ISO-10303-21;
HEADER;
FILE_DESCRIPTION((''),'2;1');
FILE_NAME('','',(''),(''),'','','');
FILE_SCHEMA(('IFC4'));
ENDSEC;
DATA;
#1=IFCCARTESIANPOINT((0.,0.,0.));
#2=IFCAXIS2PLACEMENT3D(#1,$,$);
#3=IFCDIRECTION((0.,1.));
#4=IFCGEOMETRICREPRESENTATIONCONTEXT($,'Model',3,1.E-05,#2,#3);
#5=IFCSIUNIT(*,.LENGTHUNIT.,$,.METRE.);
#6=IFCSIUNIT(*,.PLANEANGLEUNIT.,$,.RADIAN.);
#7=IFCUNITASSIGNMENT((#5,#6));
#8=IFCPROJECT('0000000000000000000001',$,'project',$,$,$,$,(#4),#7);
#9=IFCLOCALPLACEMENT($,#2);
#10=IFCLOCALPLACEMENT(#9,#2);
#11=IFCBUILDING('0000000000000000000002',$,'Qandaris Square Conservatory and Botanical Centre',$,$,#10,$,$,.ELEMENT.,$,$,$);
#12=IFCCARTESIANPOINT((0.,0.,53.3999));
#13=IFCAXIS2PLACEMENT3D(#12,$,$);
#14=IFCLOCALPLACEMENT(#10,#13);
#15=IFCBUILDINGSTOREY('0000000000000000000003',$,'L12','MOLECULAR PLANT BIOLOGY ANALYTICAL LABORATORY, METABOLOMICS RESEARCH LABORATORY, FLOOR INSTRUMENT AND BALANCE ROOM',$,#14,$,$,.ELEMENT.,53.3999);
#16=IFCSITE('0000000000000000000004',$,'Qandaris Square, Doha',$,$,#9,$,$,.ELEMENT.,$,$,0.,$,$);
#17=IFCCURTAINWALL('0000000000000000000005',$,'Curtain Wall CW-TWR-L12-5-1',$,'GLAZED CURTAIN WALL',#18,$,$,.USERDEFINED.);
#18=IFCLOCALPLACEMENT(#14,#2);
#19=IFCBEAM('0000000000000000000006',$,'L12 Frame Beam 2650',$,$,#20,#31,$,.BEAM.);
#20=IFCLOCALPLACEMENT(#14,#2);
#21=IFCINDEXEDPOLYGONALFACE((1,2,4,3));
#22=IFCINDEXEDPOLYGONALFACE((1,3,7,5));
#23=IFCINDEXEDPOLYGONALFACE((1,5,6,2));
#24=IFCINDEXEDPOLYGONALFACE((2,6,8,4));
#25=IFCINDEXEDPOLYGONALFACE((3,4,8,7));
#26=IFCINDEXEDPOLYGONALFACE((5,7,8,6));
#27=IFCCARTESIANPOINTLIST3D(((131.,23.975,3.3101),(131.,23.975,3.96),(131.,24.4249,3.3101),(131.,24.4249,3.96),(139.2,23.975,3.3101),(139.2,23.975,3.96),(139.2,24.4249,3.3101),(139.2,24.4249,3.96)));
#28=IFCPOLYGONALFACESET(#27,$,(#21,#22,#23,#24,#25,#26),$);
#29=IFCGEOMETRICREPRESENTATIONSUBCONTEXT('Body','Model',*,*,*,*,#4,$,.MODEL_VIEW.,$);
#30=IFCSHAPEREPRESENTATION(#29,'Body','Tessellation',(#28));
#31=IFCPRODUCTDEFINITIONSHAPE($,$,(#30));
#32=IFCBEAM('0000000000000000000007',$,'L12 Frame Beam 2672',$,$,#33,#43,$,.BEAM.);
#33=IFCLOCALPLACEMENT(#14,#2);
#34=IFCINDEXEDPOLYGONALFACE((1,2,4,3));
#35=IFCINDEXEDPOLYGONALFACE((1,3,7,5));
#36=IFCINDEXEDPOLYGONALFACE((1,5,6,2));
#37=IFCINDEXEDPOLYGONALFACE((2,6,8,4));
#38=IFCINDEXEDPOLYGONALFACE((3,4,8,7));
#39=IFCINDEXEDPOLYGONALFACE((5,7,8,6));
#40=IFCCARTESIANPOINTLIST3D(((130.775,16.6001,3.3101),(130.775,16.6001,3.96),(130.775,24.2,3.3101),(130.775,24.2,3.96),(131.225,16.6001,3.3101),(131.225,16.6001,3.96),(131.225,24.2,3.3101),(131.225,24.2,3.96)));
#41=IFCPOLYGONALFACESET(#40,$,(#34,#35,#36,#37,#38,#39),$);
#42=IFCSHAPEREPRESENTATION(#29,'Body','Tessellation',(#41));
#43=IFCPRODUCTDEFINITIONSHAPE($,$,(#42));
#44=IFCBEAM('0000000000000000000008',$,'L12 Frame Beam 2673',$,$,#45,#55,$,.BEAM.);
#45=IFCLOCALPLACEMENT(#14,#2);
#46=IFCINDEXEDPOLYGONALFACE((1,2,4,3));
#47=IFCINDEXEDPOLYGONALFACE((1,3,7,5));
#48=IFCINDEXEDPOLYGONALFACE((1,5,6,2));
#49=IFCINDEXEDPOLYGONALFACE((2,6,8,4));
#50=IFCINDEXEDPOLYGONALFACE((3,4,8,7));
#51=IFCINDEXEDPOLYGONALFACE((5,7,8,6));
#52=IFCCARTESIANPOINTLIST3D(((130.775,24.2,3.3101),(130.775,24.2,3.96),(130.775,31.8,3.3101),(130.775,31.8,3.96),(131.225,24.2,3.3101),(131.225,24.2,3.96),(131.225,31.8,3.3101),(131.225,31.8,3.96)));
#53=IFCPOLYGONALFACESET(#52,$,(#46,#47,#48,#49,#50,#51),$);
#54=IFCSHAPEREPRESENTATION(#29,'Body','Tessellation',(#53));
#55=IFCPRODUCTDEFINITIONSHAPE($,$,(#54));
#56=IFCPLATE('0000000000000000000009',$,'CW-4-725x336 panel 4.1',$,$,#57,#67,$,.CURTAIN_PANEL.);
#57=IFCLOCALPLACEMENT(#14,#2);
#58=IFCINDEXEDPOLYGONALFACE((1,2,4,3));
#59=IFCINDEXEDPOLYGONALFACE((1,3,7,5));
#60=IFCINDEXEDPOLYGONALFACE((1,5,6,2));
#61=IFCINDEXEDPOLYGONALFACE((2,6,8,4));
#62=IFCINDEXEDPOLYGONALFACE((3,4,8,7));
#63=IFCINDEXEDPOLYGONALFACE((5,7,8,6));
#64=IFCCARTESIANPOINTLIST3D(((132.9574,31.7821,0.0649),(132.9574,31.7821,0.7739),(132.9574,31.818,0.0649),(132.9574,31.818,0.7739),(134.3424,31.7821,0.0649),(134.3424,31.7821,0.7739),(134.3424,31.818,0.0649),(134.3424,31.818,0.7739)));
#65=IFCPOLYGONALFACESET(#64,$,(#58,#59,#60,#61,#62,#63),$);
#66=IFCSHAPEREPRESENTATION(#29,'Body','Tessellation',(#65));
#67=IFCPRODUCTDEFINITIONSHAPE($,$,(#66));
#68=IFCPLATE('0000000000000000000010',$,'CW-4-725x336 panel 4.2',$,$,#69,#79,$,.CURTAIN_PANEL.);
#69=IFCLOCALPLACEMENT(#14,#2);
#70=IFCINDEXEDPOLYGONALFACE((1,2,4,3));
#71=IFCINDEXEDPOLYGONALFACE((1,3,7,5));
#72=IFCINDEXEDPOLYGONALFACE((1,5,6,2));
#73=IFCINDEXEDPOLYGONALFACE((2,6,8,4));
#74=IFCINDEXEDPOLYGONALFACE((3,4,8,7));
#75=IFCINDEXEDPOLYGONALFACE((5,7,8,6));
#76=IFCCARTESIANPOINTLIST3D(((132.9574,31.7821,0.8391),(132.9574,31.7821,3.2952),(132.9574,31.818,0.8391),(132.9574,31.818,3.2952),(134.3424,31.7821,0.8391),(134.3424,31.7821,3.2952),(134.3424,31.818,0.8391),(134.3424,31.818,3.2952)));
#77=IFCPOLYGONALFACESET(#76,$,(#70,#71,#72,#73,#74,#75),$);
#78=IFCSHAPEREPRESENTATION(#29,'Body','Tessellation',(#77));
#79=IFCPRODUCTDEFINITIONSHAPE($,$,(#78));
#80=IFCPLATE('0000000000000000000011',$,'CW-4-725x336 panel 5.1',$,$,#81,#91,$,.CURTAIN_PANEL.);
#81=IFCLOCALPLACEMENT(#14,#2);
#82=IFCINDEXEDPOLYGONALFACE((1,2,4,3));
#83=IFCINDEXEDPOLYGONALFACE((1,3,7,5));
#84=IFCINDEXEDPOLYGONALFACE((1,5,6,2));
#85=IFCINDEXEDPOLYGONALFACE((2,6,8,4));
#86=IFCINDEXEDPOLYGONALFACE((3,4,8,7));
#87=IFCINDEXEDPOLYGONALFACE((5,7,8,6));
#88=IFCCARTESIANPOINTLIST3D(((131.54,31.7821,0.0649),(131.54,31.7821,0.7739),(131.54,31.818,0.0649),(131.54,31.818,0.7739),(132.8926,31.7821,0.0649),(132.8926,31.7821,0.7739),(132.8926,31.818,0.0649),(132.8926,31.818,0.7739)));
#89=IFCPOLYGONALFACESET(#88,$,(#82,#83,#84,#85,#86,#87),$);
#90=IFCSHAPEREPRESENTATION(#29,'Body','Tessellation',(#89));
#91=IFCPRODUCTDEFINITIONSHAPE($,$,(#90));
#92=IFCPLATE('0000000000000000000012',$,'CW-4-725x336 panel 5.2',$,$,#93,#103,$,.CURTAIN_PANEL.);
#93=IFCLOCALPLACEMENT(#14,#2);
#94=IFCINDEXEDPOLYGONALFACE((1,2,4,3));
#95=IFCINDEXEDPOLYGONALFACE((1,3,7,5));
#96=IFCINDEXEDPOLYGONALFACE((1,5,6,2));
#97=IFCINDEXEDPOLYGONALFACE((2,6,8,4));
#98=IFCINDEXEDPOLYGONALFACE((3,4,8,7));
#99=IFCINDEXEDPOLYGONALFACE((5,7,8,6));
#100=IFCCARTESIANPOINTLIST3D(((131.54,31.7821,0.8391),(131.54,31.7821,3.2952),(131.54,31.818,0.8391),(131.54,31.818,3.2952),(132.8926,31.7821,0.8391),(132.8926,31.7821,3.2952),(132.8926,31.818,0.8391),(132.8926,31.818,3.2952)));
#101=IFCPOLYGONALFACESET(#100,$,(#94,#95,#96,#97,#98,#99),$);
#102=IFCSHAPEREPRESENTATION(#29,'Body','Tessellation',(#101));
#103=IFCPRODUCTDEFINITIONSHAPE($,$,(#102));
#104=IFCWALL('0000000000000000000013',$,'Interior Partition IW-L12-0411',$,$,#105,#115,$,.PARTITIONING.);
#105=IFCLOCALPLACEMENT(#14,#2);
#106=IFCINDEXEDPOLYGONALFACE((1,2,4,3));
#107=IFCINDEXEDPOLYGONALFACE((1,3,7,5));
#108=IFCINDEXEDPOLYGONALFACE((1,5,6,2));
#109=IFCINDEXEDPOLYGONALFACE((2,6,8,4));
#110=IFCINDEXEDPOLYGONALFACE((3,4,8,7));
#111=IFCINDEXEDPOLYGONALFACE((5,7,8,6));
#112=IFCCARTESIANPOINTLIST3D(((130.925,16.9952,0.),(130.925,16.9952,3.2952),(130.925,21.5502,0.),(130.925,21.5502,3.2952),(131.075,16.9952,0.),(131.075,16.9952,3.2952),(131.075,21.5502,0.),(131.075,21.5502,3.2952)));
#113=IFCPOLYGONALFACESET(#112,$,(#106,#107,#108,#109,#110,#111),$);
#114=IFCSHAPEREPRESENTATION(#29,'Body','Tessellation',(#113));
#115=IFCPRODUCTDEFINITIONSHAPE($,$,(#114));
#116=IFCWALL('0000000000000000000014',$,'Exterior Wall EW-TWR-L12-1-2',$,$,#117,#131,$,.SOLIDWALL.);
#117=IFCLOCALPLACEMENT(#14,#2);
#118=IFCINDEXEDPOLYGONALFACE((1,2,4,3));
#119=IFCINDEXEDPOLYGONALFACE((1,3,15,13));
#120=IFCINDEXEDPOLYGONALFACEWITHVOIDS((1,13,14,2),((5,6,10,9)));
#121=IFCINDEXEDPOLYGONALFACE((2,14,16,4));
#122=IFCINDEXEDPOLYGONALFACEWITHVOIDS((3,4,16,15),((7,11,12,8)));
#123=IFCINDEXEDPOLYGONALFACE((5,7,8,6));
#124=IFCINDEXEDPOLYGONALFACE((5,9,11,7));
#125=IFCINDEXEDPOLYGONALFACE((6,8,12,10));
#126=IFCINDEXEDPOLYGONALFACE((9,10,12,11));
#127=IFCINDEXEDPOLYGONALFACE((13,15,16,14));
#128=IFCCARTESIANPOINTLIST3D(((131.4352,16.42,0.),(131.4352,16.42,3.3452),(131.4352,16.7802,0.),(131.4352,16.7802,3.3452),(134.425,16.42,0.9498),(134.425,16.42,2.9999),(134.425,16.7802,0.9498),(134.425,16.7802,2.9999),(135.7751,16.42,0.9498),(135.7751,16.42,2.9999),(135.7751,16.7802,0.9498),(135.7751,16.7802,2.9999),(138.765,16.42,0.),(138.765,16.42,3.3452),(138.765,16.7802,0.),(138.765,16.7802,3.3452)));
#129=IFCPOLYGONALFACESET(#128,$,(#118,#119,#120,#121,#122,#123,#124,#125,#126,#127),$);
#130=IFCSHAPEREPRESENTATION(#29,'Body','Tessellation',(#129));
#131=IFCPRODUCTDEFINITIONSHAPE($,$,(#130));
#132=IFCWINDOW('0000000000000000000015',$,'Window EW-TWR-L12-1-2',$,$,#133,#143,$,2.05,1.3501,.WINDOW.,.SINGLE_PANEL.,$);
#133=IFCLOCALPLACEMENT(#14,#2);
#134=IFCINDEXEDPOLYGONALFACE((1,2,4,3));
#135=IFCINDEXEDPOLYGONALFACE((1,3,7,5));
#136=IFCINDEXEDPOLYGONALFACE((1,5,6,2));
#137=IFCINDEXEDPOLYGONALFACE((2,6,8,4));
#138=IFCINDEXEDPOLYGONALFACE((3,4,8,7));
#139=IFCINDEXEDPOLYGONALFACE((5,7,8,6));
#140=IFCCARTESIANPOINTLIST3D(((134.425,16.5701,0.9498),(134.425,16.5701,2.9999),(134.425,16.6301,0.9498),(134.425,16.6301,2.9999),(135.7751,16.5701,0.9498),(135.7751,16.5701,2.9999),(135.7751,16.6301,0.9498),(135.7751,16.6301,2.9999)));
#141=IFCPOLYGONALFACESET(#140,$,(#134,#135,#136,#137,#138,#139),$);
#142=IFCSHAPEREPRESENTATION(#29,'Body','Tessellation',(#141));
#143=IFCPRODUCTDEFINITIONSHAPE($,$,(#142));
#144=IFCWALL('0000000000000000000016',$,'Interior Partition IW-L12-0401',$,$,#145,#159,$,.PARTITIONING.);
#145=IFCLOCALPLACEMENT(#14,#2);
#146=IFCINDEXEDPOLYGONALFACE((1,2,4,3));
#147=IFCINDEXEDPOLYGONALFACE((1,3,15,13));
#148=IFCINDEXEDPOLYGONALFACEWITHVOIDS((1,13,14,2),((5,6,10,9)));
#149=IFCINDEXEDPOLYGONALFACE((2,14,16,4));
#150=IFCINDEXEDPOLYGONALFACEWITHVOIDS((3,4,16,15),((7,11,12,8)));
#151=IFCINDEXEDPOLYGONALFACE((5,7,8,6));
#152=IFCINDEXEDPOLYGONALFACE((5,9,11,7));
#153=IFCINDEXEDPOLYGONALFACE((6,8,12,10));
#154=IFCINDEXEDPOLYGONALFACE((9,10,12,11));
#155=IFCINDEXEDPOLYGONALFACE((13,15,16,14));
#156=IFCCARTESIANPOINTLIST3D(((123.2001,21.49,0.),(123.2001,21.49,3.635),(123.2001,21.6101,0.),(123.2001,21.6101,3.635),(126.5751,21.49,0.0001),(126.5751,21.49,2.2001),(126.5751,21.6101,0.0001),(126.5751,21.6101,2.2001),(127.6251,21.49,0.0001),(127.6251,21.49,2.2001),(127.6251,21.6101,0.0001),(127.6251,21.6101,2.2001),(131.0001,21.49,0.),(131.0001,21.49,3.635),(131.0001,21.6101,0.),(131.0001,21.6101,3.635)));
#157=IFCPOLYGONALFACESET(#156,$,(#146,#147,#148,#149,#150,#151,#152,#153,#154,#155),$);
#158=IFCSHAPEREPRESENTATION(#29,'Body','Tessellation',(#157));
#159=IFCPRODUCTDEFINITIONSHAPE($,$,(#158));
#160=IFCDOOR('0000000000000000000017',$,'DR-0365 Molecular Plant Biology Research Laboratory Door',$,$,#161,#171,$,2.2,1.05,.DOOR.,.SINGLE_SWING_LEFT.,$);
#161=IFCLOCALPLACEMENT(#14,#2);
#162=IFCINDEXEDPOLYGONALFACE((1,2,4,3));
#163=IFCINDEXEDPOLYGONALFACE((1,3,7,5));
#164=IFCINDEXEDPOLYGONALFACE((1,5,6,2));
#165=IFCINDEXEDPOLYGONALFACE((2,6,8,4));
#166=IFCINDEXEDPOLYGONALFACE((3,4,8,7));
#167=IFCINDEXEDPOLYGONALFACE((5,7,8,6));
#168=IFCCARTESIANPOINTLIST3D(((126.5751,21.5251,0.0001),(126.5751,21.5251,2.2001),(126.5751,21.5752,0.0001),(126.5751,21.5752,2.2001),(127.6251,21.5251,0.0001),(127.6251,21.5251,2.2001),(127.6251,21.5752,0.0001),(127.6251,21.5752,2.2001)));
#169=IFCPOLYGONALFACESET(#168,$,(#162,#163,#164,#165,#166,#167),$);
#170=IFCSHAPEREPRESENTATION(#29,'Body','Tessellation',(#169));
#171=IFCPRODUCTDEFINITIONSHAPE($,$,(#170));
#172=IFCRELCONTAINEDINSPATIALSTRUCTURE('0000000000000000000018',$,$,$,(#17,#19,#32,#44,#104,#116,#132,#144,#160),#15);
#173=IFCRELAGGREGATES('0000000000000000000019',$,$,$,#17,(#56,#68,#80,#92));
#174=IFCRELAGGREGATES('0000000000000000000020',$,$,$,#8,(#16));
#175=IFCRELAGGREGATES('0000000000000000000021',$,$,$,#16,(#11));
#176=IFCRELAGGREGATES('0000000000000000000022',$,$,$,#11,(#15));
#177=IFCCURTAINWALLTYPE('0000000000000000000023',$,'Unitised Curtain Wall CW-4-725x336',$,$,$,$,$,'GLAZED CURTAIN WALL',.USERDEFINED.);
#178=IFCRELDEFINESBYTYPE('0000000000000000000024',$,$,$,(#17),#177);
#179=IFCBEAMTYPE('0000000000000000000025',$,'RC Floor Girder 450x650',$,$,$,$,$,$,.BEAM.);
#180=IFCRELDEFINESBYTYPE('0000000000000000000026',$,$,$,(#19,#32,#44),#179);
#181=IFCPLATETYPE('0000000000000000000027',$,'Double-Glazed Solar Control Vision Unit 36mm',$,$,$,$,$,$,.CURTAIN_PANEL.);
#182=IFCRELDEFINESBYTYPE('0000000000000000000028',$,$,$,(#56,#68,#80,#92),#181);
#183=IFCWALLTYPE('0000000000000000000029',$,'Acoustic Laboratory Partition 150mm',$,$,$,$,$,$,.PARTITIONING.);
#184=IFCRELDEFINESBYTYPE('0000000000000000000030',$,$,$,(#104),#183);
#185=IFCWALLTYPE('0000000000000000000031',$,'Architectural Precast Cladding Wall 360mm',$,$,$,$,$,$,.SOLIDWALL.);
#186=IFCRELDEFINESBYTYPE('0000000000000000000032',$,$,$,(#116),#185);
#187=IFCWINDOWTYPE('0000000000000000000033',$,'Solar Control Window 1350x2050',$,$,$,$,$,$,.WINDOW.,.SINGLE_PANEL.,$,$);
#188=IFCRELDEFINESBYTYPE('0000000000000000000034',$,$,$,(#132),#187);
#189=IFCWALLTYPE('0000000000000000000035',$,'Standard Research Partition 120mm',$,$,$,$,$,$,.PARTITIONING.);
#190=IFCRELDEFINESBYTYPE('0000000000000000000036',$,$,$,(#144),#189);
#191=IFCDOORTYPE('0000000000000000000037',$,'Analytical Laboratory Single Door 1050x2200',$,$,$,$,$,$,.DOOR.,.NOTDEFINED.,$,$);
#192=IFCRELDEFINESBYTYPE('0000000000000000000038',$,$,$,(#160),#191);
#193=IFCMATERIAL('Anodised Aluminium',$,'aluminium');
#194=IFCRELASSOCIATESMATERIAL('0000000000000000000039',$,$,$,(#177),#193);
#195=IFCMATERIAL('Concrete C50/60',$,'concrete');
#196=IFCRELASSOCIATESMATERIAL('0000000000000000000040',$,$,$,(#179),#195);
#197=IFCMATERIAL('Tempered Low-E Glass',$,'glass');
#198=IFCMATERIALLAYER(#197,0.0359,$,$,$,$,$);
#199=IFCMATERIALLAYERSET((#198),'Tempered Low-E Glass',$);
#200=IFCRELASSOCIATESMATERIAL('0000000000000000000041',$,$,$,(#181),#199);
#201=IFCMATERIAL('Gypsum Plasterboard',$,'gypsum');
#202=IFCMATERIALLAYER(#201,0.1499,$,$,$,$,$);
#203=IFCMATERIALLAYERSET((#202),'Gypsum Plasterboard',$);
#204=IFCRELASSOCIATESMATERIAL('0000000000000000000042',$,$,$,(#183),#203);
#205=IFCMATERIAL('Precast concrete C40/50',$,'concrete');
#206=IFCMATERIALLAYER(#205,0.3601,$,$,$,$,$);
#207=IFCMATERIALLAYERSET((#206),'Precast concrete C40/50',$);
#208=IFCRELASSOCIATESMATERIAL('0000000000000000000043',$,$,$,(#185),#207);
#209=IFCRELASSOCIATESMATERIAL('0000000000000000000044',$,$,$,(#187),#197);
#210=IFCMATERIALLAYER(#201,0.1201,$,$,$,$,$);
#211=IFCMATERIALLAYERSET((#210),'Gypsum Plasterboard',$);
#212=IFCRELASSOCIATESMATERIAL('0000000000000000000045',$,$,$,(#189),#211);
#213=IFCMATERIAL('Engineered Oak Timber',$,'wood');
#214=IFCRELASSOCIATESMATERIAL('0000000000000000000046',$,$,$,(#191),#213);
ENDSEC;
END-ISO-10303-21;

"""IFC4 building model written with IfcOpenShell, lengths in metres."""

from ifc_helpers import new_model, si_unit, direction, frame, frame_2d, origin, origin_2d, place, context, subcontext, project, spatial, rectangle, extrude, material, layer, layer_set, material_profile, profile_set, type_object, element, fill, aggregate, save


model = new_model("IFC4")

# Units and contexts
model_context = context("Model", 3, precision=1e-05, world=origin(), true_north=direction((0.0, 1.0)))
body_context = subcontext(model_context, "Body", "Model", "MODEL_VIEW")
ifc_project = project(units=[si_unit("LENGTHUNIT", "METRE"), si_unit("PLANEANGLEUNIT", "RADIAN")], contexts=[model_context])

# Site, building, storey
site_placement = place(None, origin())
site = spatial("IfcSite", under=ifc_project, at=site_placement, Name="Qandaris Square, Doha", CompositionType="ELEMENT", RefElevation=0.0)
building_placement = place(site_placement, origin())
building = spatial("IfcBuilding", under=site, at=building_placement, Name="Qandaris Square Conservatory and Botanical Centre", CompositionType="ELEMENT")
storey_placement = place(building_placement, frame((0.0, 0.0, 53.3999)))
storey = spatial("IfcBuildingStorey", under=building, at=storey_placement, Name="L12", Description="MOLECULAR PLANT BIOLOGY ANALYTICAL LABORATORY, METABOLOMICS RESEARCH LABORATORY, FLOOR INSTRUMENT AND BALANCE ROOM", CompositionType="ELEMENT", Elevation=53.3999)

# Shared definitions
ifc_material_1 = material(Name="Concrete C50/60", Category="concrete")

# Curtain wall
ifc_material_2 = material(Name="Anodised Aluminium", Category="aluminium")
curtain_wall_type = type_object("IfcCurtainWallType", Name="Unitised Curtain Wall CW-4-725x336", ElementType="GLAZED CURTAIN WALL", PredefinedType="USERDEFINED", material=ifc_material_2)
curtain_wall_placement = place(storey_placement, origin())
curtain_wall = element("IfcCurtainWall", 1, at=curtain_wall_placement, inside=storey, type_object=curtain_wall_type, Name="Curtain Wall CW-TWR-L12-5-1", ObjectType="GLAZED CURTAIN WALL", PredefinedType="USERDEFINED")

# Beams
ifc_material_profile_1 = material_profile(ifc_material_1, rectangle(XDim=0.45, YDim=0.6499, at=origin_2d()), Name="RC-BM 450x650")
ifc_profile_set_1 = profile_set([ifc_material_profile_1], Name="Concrete C50/60")
beam_type_1 = type_object("IfcBeamType", Name="RC Floor Girder 450x650", PredefinedType="BEAM", material=ifc_profile_set_1)
beam_1_placement = place(storey_placement, frame((131.0, 24.2, 3.635), z_axis=(1.0, 0.0, 0.0), x_axis=(0.0, 1.0, 0.0)))
element("IfcBeam", 2, at=beam_1_placement, inside=storey, type_object=beam_type_1, Name="L12 Frame Beam 2650", PredefinedType="BEAM", context=body_context, shape_type="SweptSolid", body=[
    extrude(rectangle(XDim=0.45, YDim=0.6499, at=origin_2d()), origin(), (0.0, 0.0, 1.0), 8.2),
])
beam_2_placement = place(storey_placement, frame((131.0, 16.6001, 3.635), z_axis=(0.0, 1.0, 0.0), x_axis=(-1.0, 0.0, 0.0)))
element("IfcBeam", 3, at=beam_2_placement, inside=storey, type_object=beam_type_1, Name="L12 Frame Beam 2672", PredefinedType="BEAM", context=body_context, shape_type="SweptSolid", body=[
    extrude(rectangle(XDim=0.45, YDim=0.6499, at=origin_2d()), origin(), (0.0, 0.0, 1.0), 7.5999),
])
beam_3_placement = place(storey_placement, frame((131.0, 24.2, 3.635), z_axis=(0.0, 1.0, 0.0), x_axis=(-1.0, 0.0, 0.0)))
element("IfcBeam", 4, at=beam_3_placement, inside=storey, type_object=beam_type_1, Name="L12 Frame Beam 2673", PredefinedType="BEAM", context=body_context, shape_type="SweptSolid", body=[
    extrude(rectangle(XDim=0.45, YDim=0.6499, at=origin_2d()), origin(), (0.0, 0.0, 1.0), 7.6001),
])

# Plates
ifc_material_3 = material(Name="Tempered Low-E Glass", Category="glass")
ifc_layer_1 = layer(ifc_material_3, 0.0359)
ifc_layer_set_1 = layer_set([ifc_layer_1], Name="Tempered Low-E Glass")
plate_type = type_object("IfcPlateType", Name="Double-Glazed Solar Control Vision Unit 36mm", PredefinedType="CURTAIN_PANEL", material=ifc_layer_set_1)
plate_1_placement = place(storey_placement, frame((133.6499, 31.8, 0.0649), z_axis=(0.0, 0.0, 1.0), x_axis=(-1.0, 0.0, 0.0)))
plate_1 = element("IfcPlate", 5, at=plate_1_placement, type_object=plate_type, Name="CW-4-725x336 panel 4.1", PredefinedType="CURTAIN_PANEL", context=body_context, shape_type="SweptSolid", body=[
    extrude(rectangle(XDim=1.385, YDim=0.0359, at=origin_2d()), origin(), (0.0, 0.0, 1.0), 0.709),
])
plate_2_placement = place(storey_placement, frame((133.6499, 31.8, 0.8391), z_axis=(0.0, 0.0, 1.0), x_axis=(-1.0, 0.0, 0.0)))
plate_2 = element("IfcPlate", 6, at=plate_2_placement, type_object=plate_type, Name="CW-4-725x336 panel 4.2", PredefinedType="CURTAIN_PANEL", context=body_context, shape_type="SweptSolid", body=[
    extrude(rectangle(XDim=1.385, YDim=0.0359, at=origin_2d()), origin(), (0.0, 0.0, 1.0), 2.4561),
])
plate_3_placement = place(storey_placement, frame((132.2163, 31.8, 0.0649), z_axis=(0.0, 0.0, 1.0), x_axis=(-1.0, 0.0, 0.0)))
plate_3 = element("IfcPlate", 7, at=plate_3_placement, type_object=plate_type, Name="CW-4-725x336 panel 5.1", PredefinedType="CURTAIN_PANEL", context=body_context, shape_type="SweptSolid", body=[
    extrude(rectangle(XDim=1.3525, YDim=0.0359, at=origin_2d()), origin(), (0.0, 0.0, 1.0), 0.709),
])
plate_4_placement = place(storey_placement, frame((132.2163, 31.8, 0.8391), z_axis=(0.0, 0.0, 1.0), x_axis=(-1.0, 0.0, 0.0)))
plate_4 = element("IfcPlate", 8, at=plate_4_placement, type_object=plate_type, Name="CW-4-725x336 panel 5.2", PredefinedType="CURTAIN_PANEL", context=body_context, shape_type="SweptSolid", body=[
    extrude(rectangle(XDim=1.3525, YDim=0.0359, at=origin_2d()), origin(), (0.0, 0.0, 1.0), 2.4561),
])
aggregate(curtain_wall, [plate_1, plate_2, plate_3, plate_4])

# Wall
ifc_material_4 = material(Name="Gypsum Plasterboard", Category="gypsum")
ifc_layer_2 = layer(ifc_material_4, 0.1499)
ifc_layer_set_2 = layer_set([ifc_layer_2], Name="Gypsum Plasterboard")
wall_type_1 = type_object("IfcWallType", Name="Acoustic Laboratory Partition 150mm", PredefinedType="PARTITIONING", material=ifc_layer_set_2)
wall_1_placement = place(storey_placement, frame((131.0, 21.55, 0.0), z_axis=(0.0, 0.0, 1.0), x_axis=(0.0, -1.0, 0.0)))
element("IfcWall", 9, at=wall_1_placement, inside=storey, type_object=wall_type_1, Name="Interior Partition IW-L12-0411", PredefinedType="PARTITIONING", context=body_context, shape_type="SweptSolid", body=[
    extrude(rectangle(XDim=4.5549, YDim=0.1499, at=frame_2d((2.2773, 0.0))), origin(), (0.0, 0.0, 1.0), 3.2952),
])

# Wall, opening, window
ifc_material_5 = material(Name="Precast concrete C40/50", Category="concrete")
ifc_layer_3 = layer(ifc_material_5, 0.3601)
ifc_layer_set_3 = layer_set([ifc_layer_3], Name="Precast concrete C40/50")
wall_type_2 = type_object("IfcWallType", Name="Architectural Precast Cladding Wall 360mm", PredefinedType="SOLIDWALL", material=ifc_layer_set_3)
wall_2_placement = place(storey_placement, frame((131.4351, 16.6001, 0.0), z_axis=(0.0, 0.0, 1.0), x_axis=(1.0, 0.0, 0.0)))
wall_2 = element("IfcWall", 10, at=wall_2_placement, inside=storey, type_object=wall_type_2, Name="Exterior Wall EW-TWR-L12-1-2", PredefinedType="SOLIDWALL", context=body_context, shape_type="SweptSolid", body=[
    extrude(rectangle(XDim=7.3298, YDim=0.3601, at=frame_2d((3.665, 0.0))), origin(), (0.0, 0.0, 1.0), 3.3452),
])
opening_1_placement = place(wall_2_placement, frame((2.99, 0.0, 0.95)))
opening_1 = element("IfcOpeningElement", 11, at=opening_1_placement, cuts=wall_2, PredefinedType="OPENING", context=body_context, shape_type="SweptSolid", body=[
    extrude(rectangle(XDim=1.3501, YDim=2.05, at=frame_2d((0.675, 1.0249))), frame((0.0, 0.1919, 0.0), z_axis=(0.0, -1.0, 0.0), x_axis=(1.0, 0.0, 0.0)), (0.0, 0.0, 1.0), 0.384),
])
window_type = type_object("IfcWindowType", Name="Solar Control Window 1350x2050", PartitioningType="SINGLE_PANEL", PredefinedType="WINDOW", material=ifc_material_3)
window_placement = place(opening_1_placement, origin())
window = element("IfcWindow", 12, at=window_placement, inside=storey, type_object=window_type, Name="Window EW-TWR-L12-1-2", OverallHeight=2.05, OverallWidth=1.3501, PartitioningType="SINGLE_PANEL", PredefinedType="WINDOW", context=body_context, shape_type="SweptSolid", body=[
    extrude(rectangle(XDim=1.3501, YDim=2.05, at=frame_2d((0.675, 1.0249))), frame((0.0, 0.03, 0.0), z_axis=(0.0, -1.0, 0.0), x_axis=(1.0, 0.0, 0.0)), (0.0, 0.0, 1.0), 0.0601),
])
fill(opening_1, window)

# Wall, opening, door
ifc_layer_4 = layer(ifc_material_4, 0.1201)
ifc_layer_set_4 = layer_set([ifc_layer_4], Name="Gypsum Plasterboard")
wall_type_3 = type_object("IfcWallType", Name="Standard Research Partition 120mm", PredefinedType="PARTITIONING", material=ifc_layer_set_4)
wall_3_placement = place(storey_placement, frame((131.0, 21.55, 0.0), z_axis=(0.0, 0.0, 1.0), x_axis=(-1.0, 0.0, 0.0)))
wall_3 = element("IfcWall", 13, at=wall_3_placement, inside=storey, type_object=wall_type_3, Name="Interior Partition IW-L12-0401", PredefinedType="PARTITIONING", context=body_context, shape_type="SweptSolid", body=[
    extrude(rectangle(XDim=7.8, YDim=0.1201, at=frame_2d((3.8999, 0.0))), origin(), (0.0, 0.0, 1.0), 3.635),
])
opening_2_placement = place(wall_3_placement, frame((3.375, 0.0, 0.0)))
opening_2 = element("IfcOpeningElement", 14, at=opening_2_placement, cuts=wall_3, PredefinedType="OPENING", context=body_context, shape_type="SweptSolid", body=[
    extrude(rectangle(XDim=1.05, YDim=2.2, at=frame_2d((0.5249, 1.1001))), frame((0.0, 0.072, 0.0), z_axis=(0.0, -1.0, 0.0), x_axis=(1.0, 0.0, 0.0)), (0.0, 0.0, 1.0), 0.144),
])
ifc_material_6 = material(Name="Engineered Oak Timber", Category="wood")
door_type = type_object("IfcDoorType", Name="Analytical Laboratory Single Door 1050x2200", OperationType="NOTDEFINED", PredefinedType="DOOR", material=ifc_material_6)
door_placement = place(opening_2_placement, origin())
door = element("IfcDoor", 15, at=door_placement, inside=storey, type_object=door_type, Name="DR-0365 Molecular Plant Biology Research Laboratory Door", OperationType="SINGLE_SWING_LEFT", OverallHeight=2.2, OverallWidth=1.05, PredefinedType="DOOR", context=body_context, shape_type="SweptSolid", body=[
    extrude(rectangle(XDim=1.05, YDim=2.2, at=frame_2d((0.5249, 1.1001))), frame((0.0, 0.0249, 0.0), z_axis=(0.0, -1.0, 0.0), x_axis=(1.0, 0.0, 0.0)), (0.0, 0.0, 1.0), 0.05),
])
fill(opening_2, door)

save(model, "model.ifc")
